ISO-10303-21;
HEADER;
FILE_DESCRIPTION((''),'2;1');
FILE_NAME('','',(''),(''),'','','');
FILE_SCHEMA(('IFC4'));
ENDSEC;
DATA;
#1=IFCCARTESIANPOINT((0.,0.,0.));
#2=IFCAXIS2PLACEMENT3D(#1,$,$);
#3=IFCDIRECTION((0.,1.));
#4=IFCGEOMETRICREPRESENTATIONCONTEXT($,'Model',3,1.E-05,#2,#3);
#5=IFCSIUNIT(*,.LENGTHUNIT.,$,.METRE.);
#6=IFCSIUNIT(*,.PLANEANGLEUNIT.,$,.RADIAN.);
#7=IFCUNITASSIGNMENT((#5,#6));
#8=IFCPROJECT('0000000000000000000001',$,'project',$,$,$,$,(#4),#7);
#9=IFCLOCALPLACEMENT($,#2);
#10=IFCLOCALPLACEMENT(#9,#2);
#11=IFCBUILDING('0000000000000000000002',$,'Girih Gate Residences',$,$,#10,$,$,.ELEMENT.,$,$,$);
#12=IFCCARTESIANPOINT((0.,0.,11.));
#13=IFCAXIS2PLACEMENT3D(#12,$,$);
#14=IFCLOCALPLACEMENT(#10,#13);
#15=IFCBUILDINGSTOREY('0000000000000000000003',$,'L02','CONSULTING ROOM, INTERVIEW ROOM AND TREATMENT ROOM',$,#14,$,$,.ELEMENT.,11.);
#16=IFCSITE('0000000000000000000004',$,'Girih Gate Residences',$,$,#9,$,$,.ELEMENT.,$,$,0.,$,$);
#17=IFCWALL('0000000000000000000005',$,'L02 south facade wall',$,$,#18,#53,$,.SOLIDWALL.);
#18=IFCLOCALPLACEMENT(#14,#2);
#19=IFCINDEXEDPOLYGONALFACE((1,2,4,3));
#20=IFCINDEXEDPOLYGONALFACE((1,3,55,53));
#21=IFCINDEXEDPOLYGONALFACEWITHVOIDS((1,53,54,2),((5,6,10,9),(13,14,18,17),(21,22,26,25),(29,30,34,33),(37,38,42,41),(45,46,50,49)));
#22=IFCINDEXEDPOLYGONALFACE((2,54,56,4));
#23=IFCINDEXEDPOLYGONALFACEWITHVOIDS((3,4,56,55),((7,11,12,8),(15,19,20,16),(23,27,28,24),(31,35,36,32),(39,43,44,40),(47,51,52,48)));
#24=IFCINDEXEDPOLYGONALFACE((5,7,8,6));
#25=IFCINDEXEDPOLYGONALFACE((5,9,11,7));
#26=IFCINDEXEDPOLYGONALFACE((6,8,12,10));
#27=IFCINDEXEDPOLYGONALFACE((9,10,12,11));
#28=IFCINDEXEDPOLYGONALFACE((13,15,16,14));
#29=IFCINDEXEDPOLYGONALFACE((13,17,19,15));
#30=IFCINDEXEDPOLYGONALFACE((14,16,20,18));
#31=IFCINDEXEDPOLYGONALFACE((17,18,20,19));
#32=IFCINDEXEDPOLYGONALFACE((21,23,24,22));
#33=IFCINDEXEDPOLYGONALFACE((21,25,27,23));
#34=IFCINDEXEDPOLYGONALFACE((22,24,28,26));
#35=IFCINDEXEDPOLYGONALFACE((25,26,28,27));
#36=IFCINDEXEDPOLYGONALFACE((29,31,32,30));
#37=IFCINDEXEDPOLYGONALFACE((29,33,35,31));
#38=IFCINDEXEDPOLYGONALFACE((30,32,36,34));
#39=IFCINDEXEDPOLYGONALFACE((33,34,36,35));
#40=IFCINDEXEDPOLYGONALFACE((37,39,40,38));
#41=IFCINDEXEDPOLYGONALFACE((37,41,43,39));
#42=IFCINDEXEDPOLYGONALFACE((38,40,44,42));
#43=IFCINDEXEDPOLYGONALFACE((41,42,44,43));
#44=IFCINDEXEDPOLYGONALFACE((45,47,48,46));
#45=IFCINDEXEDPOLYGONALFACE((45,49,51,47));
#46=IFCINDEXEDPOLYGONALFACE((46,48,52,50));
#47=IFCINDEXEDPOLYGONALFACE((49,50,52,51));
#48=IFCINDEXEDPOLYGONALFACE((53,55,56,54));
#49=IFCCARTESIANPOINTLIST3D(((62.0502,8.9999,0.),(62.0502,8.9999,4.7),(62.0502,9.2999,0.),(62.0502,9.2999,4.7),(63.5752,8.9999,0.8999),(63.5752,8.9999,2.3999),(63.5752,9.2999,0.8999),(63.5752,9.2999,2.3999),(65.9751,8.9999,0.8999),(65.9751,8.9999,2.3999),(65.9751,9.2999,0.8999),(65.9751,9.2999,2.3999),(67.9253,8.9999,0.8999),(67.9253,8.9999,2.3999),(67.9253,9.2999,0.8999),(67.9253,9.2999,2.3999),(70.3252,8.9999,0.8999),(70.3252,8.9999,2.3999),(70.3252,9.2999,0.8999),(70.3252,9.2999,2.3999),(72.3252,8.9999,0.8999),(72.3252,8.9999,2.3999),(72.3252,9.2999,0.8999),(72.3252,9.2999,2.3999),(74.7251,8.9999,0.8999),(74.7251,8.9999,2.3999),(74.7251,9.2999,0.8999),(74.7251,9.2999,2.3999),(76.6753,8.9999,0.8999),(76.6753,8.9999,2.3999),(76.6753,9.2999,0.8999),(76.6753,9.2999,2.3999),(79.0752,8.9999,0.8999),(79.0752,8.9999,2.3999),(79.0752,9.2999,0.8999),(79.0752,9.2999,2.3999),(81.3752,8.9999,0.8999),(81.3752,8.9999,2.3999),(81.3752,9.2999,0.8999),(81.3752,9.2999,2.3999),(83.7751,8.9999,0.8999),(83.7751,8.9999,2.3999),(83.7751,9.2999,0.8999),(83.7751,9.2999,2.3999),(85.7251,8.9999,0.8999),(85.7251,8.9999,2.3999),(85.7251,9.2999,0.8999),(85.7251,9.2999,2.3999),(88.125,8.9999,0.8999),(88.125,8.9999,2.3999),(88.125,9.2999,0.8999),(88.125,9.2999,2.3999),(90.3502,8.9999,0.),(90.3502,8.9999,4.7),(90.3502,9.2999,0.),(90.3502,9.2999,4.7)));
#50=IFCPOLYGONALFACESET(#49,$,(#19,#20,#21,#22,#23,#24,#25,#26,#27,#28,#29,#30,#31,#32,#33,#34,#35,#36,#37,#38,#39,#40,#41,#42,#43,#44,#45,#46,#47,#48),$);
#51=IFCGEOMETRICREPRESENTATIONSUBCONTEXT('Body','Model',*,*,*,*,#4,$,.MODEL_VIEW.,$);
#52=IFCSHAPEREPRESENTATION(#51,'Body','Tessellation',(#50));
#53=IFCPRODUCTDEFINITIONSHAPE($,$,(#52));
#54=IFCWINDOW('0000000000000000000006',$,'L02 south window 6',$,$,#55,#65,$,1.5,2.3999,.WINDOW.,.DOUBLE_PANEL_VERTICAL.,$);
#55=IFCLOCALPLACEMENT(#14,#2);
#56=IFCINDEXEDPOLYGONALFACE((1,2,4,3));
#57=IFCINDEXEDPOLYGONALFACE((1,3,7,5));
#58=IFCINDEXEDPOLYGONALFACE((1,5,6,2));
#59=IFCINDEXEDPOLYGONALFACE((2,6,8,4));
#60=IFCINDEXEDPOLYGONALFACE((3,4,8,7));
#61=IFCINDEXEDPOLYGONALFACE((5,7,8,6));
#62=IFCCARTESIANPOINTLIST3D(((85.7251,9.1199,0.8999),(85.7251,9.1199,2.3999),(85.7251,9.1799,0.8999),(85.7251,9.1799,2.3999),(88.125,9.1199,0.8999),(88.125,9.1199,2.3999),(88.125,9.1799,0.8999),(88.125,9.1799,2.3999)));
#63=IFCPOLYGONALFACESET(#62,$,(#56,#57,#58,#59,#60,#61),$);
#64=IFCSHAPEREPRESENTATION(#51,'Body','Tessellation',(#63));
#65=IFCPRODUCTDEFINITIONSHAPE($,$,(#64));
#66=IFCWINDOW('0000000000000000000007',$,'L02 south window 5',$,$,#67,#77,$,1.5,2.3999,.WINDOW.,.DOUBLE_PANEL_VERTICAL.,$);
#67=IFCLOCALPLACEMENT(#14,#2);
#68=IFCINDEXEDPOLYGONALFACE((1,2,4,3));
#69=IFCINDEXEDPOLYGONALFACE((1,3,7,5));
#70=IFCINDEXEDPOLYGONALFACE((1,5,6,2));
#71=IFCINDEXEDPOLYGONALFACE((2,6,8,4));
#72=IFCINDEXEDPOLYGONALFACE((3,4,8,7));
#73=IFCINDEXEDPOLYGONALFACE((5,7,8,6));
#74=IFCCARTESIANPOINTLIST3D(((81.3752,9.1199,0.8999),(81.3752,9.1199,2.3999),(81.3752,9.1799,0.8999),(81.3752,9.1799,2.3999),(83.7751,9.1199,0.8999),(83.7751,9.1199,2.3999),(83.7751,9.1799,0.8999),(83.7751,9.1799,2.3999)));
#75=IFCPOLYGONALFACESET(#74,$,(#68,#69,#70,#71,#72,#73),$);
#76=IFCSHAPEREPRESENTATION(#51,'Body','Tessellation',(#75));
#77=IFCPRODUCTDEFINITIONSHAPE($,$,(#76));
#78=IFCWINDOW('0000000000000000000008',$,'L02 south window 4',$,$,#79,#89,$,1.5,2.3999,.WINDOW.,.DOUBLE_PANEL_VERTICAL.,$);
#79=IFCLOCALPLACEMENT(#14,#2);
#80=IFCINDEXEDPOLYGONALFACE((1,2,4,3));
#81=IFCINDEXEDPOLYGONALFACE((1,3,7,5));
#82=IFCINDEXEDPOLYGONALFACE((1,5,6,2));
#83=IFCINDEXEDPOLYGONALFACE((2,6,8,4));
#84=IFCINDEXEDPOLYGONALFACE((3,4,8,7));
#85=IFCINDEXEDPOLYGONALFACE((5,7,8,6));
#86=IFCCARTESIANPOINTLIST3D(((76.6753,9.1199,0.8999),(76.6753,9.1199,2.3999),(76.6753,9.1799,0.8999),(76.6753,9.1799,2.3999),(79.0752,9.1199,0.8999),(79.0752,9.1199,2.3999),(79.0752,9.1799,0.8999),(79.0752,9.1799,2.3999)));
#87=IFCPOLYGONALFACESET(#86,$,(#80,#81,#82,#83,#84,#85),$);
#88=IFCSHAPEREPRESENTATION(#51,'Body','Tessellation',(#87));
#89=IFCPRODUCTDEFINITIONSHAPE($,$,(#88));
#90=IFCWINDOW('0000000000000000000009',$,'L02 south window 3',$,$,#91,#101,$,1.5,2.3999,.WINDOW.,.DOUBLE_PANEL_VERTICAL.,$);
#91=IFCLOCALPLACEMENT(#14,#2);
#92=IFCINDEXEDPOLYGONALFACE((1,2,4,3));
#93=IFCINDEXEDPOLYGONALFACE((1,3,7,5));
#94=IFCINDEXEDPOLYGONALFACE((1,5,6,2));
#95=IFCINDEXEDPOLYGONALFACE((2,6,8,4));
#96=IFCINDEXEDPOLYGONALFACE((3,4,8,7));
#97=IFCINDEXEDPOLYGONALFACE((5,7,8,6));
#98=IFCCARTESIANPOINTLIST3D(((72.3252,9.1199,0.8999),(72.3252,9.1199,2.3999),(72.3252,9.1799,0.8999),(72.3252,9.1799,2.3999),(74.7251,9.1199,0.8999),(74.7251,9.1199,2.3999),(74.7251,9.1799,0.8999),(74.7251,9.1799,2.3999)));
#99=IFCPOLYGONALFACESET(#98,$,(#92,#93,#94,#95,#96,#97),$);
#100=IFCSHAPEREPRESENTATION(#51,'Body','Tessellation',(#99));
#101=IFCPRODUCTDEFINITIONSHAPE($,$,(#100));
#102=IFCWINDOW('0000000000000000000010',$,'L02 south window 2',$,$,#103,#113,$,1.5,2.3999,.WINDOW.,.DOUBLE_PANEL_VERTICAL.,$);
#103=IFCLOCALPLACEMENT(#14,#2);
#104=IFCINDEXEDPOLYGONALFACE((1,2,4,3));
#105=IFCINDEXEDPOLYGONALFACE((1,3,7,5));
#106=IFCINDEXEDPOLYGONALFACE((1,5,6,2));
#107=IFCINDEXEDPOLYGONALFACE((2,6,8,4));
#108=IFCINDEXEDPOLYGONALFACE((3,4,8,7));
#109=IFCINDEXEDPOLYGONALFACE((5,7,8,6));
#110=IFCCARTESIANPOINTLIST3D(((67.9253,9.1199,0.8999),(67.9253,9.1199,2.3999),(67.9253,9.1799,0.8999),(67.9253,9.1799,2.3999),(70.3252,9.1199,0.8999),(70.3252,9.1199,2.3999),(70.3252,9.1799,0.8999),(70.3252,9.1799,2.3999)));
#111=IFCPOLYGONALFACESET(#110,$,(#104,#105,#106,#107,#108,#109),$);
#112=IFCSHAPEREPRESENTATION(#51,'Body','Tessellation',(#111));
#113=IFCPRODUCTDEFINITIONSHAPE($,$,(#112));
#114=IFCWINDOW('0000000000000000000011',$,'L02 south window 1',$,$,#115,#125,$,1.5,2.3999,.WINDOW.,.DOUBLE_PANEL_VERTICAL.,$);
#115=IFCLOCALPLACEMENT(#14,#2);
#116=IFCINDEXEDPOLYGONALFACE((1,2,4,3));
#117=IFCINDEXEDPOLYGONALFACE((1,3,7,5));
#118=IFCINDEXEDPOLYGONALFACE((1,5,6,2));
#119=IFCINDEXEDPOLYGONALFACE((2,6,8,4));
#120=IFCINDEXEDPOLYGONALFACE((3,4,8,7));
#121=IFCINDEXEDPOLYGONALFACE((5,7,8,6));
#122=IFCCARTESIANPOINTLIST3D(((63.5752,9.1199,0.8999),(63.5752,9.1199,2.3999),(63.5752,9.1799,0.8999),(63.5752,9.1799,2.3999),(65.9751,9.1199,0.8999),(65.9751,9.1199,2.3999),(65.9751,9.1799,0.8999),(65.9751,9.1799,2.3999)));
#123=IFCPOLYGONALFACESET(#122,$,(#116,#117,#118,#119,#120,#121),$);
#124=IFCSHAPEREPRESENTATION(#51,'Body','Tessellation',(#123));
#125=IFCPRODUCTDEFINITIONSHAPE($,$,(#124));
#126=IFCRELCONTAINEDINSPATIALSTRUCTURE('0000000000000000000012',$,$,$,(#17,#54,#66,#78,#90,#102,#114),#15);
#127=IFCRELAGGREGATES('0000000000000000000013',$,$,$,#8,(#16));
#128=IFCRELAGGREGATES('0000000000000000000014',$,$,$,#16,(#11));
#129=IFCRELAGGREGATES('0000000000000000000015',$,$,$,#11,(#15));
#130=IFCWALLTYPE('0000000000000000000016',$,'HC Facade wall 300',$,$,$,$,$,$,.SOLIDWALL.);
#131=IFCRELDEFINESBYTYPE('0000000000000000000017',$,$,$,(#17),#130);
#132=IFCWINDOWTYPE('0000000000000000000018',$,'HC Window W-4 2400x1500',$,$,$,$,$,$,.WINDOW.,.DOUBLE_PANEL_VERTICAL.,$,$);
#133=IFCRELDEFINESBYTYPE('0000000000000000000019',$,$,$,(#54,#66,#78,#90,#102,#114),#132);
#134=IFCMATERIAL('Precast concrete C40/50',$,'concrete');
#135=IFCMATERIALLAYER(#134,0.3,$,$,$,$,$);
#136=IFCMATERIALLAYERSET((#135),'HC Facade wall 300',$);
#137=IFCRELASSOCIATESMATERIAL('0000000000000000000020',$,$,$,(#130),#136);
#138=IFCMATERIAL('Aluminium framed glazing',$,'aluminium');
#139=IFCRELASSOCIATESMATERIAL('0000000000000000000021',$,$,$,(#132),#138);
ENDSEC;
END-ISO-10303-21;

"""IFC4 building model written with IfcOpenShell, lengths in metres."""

from ifc_helpers import new_model, si_unit, direction, frame, frame_2d, origin, place, context, subcontext, project, spatial, rectangle, extrude, material, layer, layer_set, type_object, element, fill, save


model = new_model("IFC4")

# Units and contexts
model_context = context("Model", 3, precision=1e-05, world=origin(), true_north=direction((0.0, 1.0)))
body_context = subcontext(model_context, "Body", "Model", "MODEL_VIEW")
ifc_project = project(units=[si_unit("LENGTHUNIT", "METRE"), si_unit("PLANEANGLEUNIT", "RADIAN")], contexts=[model_context])

# Site, building, storey
site_placement = place(None, origin())
site = spatial("IfcSite", under=ifc_project, at=site_placement, Name="Girih Gate Residences", CompositionType="ELEMENT", RefElevation=0.0)
building_placement = place(site_placement, origin())
building = spatial("IfcBuilding", under=site, at=building_placement, Name="Girih Gate Residences", CompositionType="ELEMENT")
storey_placement = place(building_placement, frame((0.0, 0.0, 11.0)))
storey = spatial("IfcBuildingStorey", under=building, at=storey_placement, Name="L02", Description="CONSULTING ROOM, INTERVIEW ROOM AND TREATMENT ROOM", CompositionType="ELEMENT", Elevation=11.0)

# Wall, openings, windows
ifc_material_1 = material(Name="Precast concrete C40/50", Category="concrete")
ifc_layer_1 = layer(ifc_material_1, 0.3)
ifc_layer_set_1 = layer_set([ifc_layer_1], Name="HC Facade wall 300")
wall_type_1 = type_object("IfcWallType", Name="HC Facade wall 300", PredefinedType="SOLIDWALL", material=ifc_layer_set_1)
wall_1_placement = place(storey_placement, frame((90.3501, 9.1499, 0.0), z_axis=(0.0, 0.0, 1.0), x_axis=(-1.0, 0.0, 0.0)))
wall_1 = element("IfcWall", 1, at=wall_1_placement, inside=storey, type_object=wall_type_1, Name="L02 south facade wall", PredefinedType="SOLIDWALL", context=body_context, shape_type="SweptSolid", body=[
    extrude(rectangle(XDim=28.3, YDim=0.3, at=frame_2d((14.1499, 0.0))), origin(), (0.0, 0.0, 1.0), 4.7),
])
opening_1_placement = place(wall_1_placement, frame((2.2251, 0.0, 0.8999)))
opening_1 = element("IfcOpeningElement", 2, at=opening_1_placement, cuts=wall_1, PredefinedType="OPENING", context=body_context, shape_type="SweptSolid", body=[
    extrude(rectangle(XDim=2.3999, YDim=1.5, at=frame_2d((1.2, 0.75))), frame((0.0, 0.1599, 0.0), z_axis=(0.0, -1.0, 0.0), x_axis=(1.0, 0.0, 0.0)), (0.0, 0.0, 1.0), 0.3201),
])
opening_2_placement = place(wall_1_placement, frame((6.575, 0.0, 0.8999)))
opening_2 = element("IfcOpeningElement", 3, at=opening_2_placement, cuts=wall_1, PredefinedType="OPENING", context=body_context, shape_type="SweptSolid", body=[
    extrude(rectangle(XDim=2.3999, YDim=1.5, at=frame_2d((1.2, 0.75))), frame((0.0, 0.1599, 0.0), z_axis=(0.0, -1.0, 0.0), x_axis=(1.0, 0.0, 0.0)), (0.0, 0.0, 1.0), 0.3201),
])
opening_3_placement = place(wall_1_placement, frame((11.2749, 0.0, 0.8999)))
opening_3 = element("IfcOpeningElement", 4, at=opening_3_placement, cuts=wall_1, PredefinedType="OPENING", context=body_context, shape_type="SweptSolid", body=[
    extrude(rectangle(XDim=2.3999, YDim=1.5, at=frame_2d((1.2, 0.75))), frame((0.0, 0.1599, 0.0), z_axis=(0.0, -1.0, 0.0), x_axis=(1.0, 0.0, 0.0)), (0.0, 0.0, 1.0), 0.3201),
])
opening_4_placement = place(wall_1_placement, frame((15.625, 0.0, 0.8999)))
opening_4 = element("IfcOpeningElement", 5, at=opening_4_placement, cuts=wall_1, PredefinedType="OPENING", context=body_context, shape_type="SweptSolid", body=[
    extrude(rectangle(XDim=2.3999, YDim=1.5, at=frame_2d((1.2, 0.75))), frame((0.0, 0.1599, 0.0), z_axis=(0.0, -1.0, 0.0), x_axis=(1.0, 0.0, 0.0)), (0.0, 0.0, 1.0), 0.3201),
])
opening_5_placement = place(wall_1_placement, frame((20.0249, 0.0, 0.8999)))
opening_5 = element("IfcOpeningElement", 6, at=opening_5_placement, cuts=wall_1, PredefinedType="OPENING", context=body_context, shape_type="SweptSolid", body=[
    extrude(rectangle(XDim=2.3999, YDim=1.5, at=frame_2d((1.2, 0.75))), frame((0.0, 0.1599, 0.0), z_axis=(0.0, -1.0, 0.0), x_axis=(1.0, 0.0, 0.0)), (0.0, 0.0, 1.0), 0.3201),
])
opening_6_placement = place(wall_1_placement, frame((24.375, 0.0, 0.8999)))
opening_6 = element("IfcOpeningElement", 7, at=opening_6_placement, cuts=wall_1, PredefinedType="OPENING", context=body_context, shape_type="SweptSolid", body=[
    extrude(rectangle(XDim=2.3999, YDim=1.5, at=frame_2d((1.2, 0.75))), frame((0.0, 0.1599, 0.0), z_axis=(0.0, -1.0, 0.0), x_axis=(1.0, 0.0, 0.0)), (0.0, 0.0, 1.0), 0.3201),
])
ifc_material_2 = material(Name="Aluminium framed glazing", Category="aluminium")
window_type = type_object("IfcWindowType", Name="HC Window W-4 2400x1500", PartitioningType="DOUBLE_PANEL_VERTICAL", PredefinedType="WINDOW", material=ifc_material_2)
window_1_placement = place(opening_1_placement, origin())
window_1 = element("IfcWindow", 8, at=window_1_placement, inside=storey, type_object=window_type, Name="L02 south window 6", OverallHeight=1.5, OverallWidth=2.3999, PartitioningType="DOUBLE_PANEL_VERTICAL", PredefinedType="WINDOW", context=body_context, shape_type="SweptSolid", body=[
    extrude(rectangle(XDim=2.3999, YDim=1.5, at=frame_2d((1.2, 0.75))), frame((0.0, 0.03, 0.0), z_axis=(0.0, -1.0, 0.0), x_axis=(1.0, 0.0, 0.0)), (0.0, 0.0, 1.0), 0.0601),
])
fill(opening_1, window_1)
window_2_placement = place(opening_2_placement, origin())
window_2 = element("IfcWindow", 9, at=window_2_placement, inside=storey, type_object=window_type, Name="L02 south window 5", OverallHeight=1.5, OverallWidth=2.3999, PartitioningType="DOUBLE_PANEL_VERTICAL", PredefinedType="WINDOW", context=body_context, shape_type="SweptSolid", body=[
    extrude(rectangle(XDim=2.3999, YDim=1.5, at=frame_2d((1.2, 0.75))), frame((0.0, 0.03, 0.0), z_axis=(0.0, -1.0, 0.0), x_axis=(1.0, 0.0, 0.0)), (0.0, 0.0, 1.0), 0.0601),
])
fill(opening_2, window_2)
window_3_placement = place(opening_3_placement, origin())
window_3 = element("IfcWindow", 10, at=window_3_placement, inside=storey, type_object=window_type, Name="L02 south window 4", OverallHeight=1.5, OverallWidth=2.3999, PartitioningType="DOUBLE_PANEL_VERTICAL", PredefinedType="WINDOW", context=body_context, shape_type="SweptSolid", body=[
    extrude(rectangle(XDim=2.3999, YDim=1.5, at=frame_2d((1.2, 0.75))), frame((0.0, 0.03, 0.0), z_axis=(0.0, -1.0, 0.0), x_axis=(1.0, 0.0, 0.0)), (0.0, 0.0, 1.0), 0.0601),
])
fill(opening_3, window_3)
window_4_placement = place(opening_4_placement, origin())
window_4 = element("IfcWindow", 11, at=window_4_placement, inside=storey, type_object=window_type, Name="L02 south window 3", OverallHeight=1.5, OverallWidth=2.3999, PartitioningType="DOUBLE_PANEL_VERTICAL", PredefinedType="WINDOW", context=body_context, shape_type="SweptSolid", body=[
    extrude(rectangle(XDim=2.3999, YDim=1.5, at=frame_2d((1.2, 0.75))), frame((0.0, 0.03, 0.0), z_axis=(0.0, -1.0, 0.0), x_axis=(1.0, 0.0, 0.0)), (0.0, 0.0, 1.0), 0.0601),
])
fill(opening_4, window_4)
window_5_placement = place(opening_5_placement, origin())
window_5 = element("IfcWindow", 12, at=window_5_placement, inside=storey, type_object=window_type, Name="L02 south window 2", OverallHeight=1.5, OverallWidth=2.3999, PartitioningType="DOUBLE_PANEL_VERTICAL", PredefinedType="WINDOW", context=body_context, shape_type="SweptSolid", body=[
    extrude(rectangle(XDim=2.3999, YDim=1.5, at=frame_2d((1.2, 0.75))), frame((0.0, 0.03, 0.0), z_axis=(0.0, -1.0, 0.0), x_axis=(1.0, 0.0, 0.0)), (0.0, 0.0, 1.0), 0.0601),
])
fill(opening_5, window_5)
window_6_placement = place(opening_6_placement, origin())
window_6 = element("IfcWindow", 13, at=window_6_placement, inside=storey, type_object=window_type, Name="L02 south window 1", OverallHeight=1.5, OverallWidth=2.3999, PartitioningType="DOUBLE_PANEL_VERTICAL", PredefinedType="WINDOW", context=body_context, shape_type="SweptSolid", body=[
    extrude(rectangle(XDim=2.3999, YDim=1.5, at=frame_2d((1.2, 0.75))), frame((0.0, 0.03, 0.0), z_axis=(0.0, -1.0, 0.0), x_axis=(1.0, 0.0, 0.0)), (0.0, 0.0, 1.0), 0.0601),
])
fill(opening_6, window_6)

save(model, "model.ifc")
